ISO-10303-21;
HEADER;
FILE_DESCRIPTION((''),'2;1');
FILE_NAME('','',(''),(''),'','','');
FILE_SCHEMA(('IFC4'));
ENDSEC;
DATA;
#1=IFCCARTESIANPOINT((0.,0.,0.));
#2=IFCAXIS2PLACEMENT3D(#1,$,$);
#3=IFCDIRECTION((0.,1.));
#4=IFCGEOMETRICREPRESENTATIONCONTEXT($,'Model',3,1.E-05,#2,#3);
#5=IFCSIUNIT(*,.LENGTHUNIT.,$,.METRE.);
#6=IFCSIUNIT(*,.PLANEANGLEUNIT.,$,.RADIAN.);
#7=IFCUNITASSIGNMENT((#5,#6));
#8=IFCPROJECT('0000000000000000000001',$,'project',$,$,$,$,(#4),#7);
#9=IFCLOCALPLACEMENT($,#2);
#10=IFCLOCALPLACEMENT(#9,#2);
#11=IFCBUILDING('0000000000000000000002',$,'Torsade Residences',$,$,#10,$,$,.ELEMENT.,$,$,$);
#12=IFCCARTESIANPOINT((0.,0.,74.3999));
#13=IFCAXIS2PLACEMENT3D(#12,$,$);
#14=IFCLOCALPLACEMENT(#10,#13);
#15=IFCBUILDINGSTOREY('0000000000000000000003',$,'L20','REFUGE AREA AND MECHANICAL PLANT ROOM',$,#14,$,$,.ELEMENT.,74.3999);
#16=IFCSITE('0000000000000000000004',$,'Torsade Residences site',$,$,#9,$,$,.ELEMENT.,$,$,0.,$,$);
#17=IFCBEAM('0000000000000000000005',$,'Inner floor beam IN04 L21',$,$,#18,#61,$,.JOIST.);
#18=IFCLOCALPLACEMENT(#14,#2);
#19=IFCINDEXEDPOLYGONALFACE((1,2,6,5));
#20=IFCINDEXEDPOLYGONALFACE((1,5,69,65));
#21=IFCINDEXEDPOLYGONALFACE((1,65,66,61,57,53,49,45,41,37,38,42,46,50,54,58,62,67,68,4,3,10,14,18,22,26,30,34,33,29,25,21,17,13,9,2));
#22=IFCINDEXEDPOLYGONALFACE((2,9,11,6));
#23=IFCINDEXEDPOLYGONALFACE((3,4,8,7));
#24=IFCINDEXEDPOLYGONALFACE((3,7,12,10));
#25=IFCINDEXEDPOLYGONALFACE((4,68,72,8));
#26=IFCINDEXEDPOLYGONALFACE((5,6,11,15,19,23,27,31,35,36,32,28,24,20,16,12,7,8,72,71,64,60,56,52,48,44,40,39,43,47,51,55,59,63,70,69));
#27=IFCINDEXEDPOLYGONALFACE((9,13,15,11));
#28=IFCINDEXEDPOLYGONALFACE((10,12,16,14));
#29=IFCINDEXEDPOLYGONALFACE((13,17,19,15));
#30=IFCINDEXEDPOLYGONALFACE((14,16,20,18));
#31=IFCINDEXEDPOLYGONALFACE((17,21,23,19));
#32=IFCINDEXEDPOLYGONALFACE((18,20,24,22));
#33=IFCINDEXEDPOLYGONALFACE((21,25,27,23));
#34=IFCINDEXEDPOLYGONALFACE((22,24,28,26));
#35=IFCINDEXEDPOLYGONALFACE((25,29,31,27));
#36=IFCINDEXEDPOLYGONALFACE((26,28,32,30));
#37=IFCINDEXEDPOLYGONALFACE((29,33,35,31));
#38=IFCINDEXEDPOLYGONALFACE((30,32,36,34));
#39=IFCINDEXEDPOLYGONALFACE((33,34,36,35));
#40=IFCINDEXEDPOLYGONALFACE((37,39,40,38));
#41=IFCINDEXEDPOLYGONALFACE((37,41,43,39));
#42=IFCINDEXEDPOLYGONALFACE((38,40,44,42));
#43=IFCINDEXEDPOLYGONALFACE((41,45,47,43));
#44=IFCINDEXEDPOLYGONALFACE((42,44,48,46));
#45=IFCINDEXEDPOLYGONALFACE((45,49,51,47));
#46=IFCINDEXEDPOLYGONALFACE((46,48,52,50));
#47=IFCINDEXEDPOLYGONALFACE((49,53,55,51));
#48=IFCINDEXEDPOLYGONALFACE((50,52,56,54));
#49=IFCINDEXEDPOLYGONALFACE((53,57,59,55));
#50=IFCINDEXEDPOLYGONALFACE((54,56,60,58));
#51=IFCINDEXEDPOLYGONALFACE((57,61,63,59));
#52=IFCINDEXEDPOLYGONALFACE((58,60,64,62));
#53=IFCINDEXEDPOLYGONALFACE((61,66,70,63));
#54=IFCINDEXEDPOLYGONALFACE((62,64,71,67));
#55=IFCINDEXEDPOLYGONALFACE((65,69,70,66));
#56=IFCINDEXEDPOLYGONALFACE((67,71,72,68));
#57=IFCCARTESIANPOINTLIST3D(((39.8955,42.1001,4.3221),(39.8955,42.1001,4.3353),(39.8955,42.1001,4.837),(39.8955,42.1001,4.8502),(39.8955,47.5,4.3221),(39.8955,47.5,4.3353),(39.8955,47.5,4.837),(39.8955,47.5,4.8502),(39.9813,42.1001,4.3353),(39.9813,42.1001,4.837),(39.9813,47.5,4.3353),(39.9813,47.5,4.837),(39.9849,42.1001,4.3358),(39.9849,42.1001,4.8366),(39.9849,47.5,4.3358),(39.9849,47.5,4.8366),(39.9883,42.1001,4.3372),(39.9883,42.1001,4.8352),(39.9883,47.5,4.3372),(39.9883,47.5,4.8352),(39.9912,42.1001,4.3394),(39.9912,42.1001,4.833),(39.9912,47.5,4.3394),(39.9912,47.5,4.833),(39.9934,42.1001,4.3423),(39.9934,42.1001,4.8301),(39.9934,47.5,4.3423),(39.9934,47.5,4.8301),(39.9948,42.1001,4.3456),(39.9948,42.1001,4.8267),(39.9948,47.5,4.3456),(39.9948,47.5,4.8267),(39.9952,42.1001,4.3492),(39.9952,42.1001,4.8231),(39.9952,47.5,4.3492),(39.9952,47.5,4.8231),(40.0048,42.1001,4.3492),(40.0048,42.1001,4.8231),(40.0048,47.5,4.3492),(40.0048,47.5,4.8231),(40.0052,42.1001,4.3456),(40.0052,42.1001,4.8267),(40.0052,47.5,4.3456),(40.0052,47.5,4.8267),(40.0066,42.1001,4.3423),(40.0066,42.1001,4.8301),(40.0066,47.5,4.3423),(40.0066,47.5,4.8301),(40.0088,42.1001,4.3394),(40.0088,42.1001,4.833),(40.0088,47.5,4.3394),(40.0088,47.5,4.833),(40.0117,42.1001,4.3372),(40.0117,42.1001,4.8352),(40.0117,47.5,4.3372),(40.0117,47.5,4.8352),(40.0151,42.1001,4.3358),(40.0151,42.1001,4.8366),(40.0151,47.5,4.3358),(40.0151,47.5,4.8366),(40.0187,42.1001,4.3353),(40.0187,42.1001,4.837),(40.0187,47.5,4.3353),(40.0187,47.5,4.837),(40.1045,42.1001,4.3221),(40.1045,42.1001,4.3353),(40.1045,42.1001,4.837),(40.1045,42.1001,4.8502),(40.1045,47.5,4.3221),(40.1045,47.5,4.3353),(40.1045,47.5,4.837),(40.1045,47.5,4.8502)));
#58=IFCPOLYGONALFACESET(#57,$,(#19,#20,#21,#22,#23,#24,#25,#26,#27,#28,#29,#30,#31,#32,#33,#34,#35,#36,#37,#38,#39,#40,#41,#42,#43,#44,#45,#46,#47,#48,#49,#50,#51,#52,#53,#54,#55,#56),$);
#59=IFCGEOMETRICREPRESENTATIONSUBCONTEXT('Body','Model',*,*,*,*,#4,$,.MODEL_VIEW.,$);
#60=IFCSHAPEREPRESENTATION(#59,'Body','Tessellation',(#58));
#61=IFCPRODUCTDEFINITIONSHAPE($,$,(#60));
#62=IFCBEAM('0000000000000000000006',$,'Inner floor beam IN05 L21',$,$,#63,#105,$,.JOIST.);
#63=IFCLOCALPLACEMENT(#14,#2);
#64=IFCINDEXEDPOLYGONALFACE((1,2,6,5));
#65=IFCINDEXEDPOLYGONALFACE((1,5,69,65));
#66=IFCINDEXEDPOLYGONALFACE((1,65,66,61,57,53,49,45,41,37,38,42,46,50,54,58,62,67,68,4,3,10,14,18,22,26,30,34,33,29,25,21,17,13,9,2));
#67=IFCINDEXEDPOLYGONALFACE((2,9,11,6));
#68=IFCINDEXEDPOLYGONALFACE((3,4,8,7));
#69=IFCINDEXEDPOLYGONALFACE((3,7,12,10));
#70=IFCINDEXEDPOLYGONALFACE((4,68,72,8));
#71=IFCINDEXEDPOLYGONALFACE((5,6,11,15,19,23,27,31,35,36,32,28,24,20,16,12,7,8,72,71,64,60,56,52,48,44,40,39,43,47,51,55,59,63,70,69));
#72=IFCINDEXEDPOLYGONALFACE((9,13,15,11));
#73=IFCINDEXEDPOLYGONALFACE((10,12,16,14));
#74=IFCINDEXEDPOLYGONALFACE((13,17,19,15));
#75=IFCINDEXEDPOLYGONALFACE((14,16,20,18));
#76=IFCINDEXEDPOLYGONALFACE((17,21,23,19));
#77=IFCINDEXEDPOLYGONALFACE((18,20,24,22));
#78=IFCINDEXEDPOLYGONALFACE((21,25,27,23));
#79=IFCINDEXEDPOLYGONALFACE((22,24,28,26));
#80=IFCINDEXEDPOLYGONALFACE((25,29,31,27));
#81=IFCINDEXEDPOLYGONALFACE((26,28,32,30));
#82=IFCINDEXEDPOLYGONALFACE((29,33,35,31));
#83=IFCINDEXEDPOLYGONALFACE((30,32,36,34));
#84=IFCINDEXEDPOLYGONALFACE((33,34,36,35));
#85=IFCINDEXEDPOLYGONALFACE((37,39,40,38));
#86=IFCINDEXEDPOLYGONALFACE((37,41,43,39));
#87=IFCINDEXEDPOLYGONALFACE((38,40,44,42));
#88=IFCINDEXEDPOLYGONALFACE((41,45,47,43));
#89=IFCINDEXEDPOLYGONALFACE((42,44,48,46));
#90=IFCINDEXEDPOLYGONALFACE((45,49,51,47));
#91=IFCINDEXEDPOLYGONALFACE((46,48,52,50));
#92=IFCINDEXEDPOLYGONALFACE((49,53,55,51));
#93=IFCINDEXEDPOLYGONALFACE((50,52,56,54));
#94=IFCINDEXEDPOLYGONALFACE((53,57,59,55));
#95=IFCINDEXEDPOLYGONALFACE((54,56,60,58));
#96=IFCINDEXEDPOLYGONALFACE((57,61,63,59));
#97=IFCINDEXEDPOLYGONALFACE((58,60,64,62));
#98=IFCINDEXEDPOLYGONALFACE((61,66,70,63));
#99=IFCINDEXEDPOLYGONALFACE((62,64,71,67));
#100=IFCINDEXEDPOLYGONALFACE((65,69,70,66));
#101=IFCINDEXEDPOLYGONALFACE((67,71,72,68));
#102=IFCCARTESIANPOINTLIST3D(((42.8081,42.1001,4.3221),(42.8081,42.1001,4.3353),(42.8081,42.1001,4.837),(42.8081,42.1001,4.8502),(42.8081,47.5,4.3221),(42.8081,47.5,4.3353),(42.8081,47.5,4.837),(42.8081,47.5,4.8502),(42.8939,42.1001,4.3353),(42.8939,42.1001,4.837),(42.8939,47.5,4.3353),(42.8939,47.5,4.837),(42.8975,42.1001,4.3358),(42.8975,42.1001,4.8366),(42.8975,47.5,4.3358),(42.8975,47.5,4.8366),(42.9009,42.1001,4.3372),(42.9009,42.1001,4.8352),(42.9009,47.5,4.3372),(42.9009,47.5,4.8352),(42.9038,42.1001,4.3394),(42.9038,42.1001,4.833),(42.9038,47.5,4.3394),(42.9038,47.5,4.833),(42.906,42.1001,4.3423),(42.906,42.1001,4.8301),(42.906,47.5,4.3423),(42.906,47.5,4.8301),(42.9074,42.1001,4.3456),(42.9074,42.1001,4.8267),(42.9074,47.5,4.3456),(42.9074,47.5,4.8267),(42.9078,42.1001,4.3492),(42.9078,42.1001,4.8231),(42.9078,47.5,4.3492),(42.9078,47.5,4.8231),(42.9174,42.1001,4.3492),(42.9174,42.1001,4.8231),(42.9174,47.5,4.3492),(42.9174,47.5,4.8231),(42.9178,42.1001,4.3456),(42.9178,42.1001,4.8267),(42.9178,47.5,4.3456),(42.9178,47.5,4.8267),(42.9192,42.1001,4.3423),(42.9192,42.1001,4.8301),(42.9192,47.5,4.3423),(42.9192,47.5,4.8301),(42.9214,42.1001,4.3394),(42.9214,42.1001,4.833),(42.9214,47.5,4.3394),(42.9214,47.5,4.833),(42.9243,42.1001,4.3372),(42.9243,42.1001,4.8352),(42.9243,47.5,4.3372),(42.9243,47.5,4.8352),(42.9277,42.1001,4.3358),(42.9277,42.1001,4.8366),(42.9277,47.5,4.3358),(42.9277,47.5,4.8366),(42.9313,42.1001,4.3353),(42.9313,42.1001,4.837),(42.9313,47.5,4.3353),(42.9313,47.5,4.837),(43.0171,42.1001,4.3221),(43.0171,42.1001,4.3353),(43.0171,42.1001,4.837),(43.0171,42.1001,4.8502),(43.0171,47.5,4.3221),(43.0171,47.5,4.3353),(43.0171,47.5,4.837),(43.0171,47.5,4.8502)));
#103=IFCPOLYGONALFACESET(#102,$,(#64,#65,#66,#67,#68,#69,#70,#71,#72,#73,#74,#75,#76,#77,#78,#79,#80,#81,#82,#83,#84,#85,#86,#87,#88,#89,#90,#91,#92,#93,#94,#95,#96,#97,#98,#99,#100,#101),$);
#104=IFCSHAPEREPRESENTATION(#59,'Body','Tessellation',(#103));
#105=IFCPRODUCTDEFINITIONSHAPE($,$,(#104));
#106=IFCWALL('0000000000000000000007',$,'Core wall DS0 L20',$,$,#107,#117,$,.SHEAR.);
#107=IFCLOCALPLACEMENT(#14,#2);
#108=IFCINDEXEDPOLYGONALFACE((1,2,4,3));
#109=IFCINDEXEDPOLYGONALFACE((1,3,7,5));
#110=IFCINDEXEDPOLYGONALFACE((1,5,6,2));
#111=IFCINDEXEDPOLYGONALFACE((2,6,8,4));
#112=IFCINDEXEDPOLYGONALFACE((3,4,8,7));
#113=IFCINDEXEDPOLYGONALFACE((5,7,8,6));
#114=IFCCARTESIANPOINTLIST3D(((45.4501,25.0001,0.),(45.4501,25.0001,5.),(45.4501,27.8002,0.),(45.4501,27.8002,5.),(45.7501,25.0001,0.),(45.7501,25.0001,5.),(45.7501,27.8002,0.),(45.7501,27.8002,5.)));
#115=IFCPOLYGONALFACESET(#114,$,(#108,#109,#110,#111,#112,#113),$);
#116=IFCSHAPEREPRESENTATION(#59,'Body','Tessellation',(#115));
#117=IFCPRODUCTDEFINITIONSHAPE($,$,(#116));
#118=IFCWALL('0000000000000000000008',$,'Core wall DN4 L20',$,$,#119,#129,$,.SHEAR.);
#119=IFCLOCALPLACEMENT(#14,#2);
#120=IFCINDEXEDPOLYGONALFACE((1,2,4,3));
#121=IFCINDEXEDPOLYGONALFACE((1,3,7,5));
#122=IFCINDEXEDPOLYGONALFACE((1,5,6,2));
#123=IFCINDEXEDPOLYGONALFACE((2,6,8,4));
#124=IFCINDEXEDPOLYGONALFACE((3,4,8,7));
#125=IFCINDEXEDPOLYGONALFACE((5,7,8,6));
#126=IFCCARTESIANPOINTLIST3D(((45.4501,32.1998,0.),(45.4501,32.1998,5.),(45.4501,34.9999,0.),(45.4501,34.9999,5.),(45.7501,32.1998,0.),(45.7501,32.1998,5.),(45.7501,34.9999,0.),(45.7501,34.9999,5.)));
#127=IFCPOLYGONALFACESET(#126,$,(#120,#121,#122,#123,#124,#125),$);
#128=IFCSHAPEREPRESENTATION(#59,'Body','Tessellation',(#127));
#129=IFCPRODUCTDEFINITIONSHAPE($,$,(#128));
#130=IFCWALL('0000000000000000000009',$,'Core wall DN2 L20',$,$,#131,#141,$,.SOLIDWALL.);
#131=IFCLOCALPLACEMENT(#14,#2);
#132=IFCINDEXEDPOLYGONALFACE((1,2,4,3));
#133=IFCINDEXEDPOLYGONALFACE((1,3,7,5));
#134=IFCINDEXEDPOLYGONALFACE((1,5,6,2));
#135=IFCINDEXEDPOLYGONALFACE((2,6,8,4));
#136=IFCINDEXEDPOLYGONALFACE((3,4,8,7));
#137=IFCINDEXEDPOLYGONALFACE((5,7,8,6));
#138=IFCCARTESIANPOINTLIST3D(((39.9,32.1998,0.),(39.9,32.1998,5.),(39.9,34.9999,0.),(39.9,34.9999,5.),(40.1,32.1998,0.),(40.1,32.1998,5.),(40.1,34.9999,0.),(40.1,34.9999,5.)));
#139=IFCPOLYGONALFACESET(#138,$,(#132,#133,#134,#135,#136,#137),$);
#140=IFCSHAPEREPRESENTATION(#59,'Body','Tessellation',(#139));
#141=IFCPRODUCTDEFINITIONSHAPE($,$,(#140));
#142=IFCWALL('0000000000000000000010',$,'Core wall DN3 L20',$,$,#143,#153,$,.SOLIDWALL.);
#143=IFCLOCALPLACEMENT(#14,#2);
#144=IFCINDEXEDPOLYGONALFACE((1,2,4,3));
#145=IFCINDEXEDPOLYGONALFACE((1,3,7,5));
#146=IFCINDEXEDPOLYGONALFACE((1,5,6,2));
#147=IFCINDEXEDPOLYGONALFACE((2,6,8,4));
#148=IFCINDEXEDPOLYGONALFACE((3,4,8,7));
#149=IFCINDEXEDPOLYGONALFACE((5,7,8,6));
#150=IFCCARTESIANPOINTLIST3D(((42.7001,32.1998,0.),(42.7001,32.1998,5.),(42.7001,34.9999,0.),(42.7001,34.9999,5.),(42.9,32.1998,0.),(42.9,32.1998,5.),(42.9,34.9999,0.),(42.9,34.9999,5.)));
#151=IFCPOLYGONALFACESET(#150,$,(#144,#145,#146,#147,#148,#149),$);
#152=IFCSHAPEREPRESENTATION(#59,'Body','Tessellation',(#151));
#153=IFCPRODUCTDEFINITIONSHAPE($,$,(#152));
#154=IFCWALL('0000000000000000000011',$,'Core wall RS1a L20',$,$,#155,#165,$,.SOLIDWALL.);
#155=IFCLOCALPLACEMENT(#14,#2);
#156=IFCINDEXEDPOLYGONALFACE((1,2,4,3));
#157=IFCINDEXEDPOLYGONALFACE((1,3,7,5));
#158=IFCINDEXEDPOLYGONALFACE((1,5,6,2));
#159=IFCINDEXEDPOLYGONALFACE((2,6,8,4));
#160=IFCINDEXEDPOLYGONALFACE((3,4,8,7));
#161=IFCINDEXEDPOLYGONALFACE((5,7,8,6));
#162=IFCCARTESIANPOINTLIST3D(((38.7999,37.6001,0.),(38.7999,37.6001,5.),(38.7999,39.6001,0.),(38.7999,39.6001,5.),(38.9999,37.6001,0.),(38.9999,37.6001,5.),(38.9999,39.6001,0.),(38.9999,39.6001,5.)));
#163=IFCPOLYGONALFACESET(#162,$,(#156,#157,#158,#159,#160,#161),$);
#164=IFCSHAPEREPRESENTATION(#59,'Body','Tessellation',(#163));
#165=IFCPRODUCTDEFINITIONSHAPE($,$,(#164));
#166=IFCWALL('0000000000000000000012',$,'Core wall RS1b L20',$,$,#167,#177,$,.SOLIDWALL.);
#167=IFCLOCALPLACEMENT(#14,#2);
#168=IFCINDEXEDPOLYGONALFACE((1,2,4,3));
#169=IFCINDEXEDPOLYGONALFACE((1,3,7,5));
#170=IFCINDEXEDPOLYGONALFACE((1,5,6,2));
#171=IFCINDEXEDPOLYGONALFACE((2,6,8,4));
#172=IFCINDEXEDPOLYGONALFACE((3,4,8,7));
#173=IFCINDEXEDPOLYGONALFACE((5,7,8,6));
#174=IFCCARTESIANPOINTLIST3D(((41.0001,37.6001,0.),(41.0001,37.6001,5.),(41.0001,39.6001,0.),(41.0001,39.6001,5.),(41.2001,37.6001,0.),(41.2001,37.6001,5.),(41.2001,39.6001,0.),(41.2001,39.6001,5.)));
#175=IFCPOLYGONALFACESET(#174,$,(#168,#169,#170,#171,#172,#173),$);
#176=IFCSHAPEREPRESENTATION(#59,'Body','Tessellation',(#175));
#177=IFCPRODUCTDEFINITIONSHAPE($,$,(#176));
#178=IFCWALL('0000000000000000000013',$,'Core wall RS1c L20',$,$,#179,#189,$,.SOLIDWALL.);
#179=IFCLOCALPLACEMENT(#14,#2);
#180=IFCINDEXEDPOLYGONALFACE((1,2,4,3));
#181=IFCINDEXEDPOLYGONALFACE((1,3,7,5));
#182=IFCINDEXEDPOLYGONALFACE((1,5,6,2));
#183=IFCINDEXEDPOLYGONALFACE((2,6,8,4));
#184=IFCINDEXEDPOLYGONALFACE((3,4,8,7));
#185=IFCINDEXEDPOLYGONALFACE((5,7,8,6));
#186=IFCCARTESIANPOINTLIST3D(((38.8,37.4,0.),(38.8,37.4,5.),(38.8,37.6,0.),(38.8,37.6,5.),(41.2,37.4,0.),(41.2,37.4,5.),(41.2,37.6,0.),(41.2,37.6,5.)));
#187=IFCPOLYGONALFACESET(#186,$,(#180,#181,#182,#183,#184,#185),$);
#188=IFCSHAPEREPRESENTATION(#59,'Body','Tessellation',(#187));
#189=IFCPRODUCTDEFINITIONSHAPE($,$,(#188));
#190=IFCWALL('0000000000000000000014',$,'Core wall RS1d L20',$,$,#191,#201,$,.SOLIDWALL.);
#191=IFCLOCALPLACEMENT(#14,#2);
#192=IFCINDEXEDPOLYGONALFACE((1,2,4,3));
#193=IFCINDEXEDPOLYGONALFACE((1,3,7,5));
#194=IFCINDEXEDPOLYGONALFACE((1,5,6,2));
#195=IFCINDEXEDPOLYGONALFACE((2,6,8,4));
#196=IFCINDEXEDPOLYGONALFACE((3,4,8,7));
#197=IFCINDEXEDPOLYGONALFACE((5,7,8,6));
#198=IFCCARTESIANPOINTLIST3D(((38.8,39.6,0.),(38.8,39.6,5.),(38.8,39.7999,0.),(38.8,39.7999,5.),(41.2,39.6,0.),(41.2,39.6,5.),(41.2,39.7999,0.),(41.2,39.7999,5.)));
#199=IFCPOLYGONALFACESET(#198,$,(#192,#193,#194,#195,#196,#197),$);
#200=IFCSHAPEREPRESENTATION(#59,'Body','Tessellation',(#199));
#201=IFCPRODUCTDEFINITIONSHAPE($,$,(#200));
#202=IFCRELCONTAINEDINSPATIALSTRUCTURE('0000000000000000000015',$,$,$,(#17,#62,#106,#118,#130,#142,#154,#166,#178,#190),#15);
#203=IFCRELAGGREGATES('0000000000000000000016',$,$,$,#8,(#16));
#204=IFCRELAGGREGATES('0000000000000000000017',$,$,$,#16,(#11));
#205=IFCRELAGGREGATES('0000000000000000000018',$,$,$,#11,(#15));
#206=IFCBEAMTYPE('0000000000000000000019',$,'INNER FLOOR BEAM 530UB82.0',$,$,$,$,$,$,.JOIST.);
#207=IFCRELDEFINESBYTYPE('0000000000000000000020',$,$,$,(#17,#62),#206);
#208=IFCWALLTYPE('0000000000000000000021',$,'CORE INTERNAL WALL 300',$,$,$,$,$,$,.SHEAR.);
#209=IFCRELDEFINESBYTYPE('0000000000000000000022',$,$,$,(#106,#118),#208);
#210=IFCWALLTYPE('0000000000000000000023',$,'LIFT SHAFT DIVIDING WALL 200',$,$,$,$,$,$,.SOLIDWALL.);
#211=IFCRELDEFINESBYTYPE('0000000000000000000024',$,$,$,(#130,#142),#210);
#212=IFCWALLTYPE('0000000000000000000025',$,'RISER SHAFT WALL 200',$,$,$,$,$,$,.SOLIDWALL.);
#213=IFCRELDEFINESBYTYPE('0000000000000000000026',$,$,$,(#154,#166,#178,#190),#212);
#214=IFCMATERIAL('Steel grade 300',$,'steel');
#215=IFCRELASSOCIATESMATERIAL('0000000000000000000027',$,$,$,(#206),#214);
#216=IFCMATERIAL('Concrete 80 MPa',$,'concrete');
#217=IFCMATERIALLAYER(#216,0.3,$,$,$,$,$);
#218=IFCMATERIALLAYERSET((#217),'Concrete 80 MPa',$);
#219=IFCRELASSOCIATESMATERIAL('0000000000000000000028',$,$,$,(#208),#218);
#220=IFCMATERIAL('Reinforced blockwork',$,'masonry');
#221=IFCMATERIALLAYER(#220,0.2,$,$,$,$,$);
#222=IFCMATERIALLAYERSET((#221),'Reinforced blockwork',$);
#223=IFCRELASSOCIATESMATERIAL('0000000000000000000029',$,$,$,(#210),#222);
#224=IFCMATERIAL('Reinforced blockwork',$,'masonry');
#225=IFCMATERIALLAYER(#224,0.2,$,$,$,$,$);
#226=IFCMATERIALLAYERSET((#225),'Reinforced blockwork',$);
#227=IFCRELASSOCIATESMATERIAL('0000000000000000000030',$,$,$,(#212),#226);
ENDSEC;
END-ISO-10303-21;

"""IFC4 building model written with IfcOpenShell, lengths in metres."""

from ifc_helpers import new_model, si_unit, direction, frame, frame_2d, origin, origin_2d, place, context, subcontext, project, spatial, rectangle, i_section, extrude, material, layer, layer_set, material_profile, profile_set, type_object, element, save


model = new_model("IFC4")

# Units and contexts
model_context = context("Model", 3, precision=1e-05, world=origin(), true_north=direction((0.0, 1.0)))
body_context = subcontext(model_context, "Body", "Model", "MODEL_VIEW")
ifc_project = project(units=[si_unit("LENGTHUNIT", "METRE"), si_unit("PLANEANGLEUNIT", "RADIAN")], contexts=[model_context])

# Site, building, storey
site_placement = place(None, origin())
site = spatial("IfcSite", under=ifc_project, at=site_placement, Name="Torsade Residences site", CompositionType="ELEMENT", RefElevation=0.0)
building_placement = place(site_placement, origin())
building = spatial("IfcBuilding", under=site, at=building_placement, Name="Torsade Residences", CompositionType="ELEMENT")
storey_placement = place(building_placement, frame((0.0, 0.0, 74.3999)))
storey = spatial("IfcBuildingStorey", under=building, at=storey_placement, Name="L20", Description="REFUGE AREA AND MECHANICAL PLANT ROOM", CompositionType="ELEMENT", Elevation=74.3999)

# Beams
ifc_material_1 = material(Name="Steel grade 300", Category="steel")
ifc_material_profile = material_profile(ifc_material_1, i_section(OverallWidth=0.209, OverallDepth=0.5281, WebThickness=0.0095, FlangeThickness=0.0132, FilletRadius=0.0139, at=origin_2d()), Name="530UB82.0")
ifc_profile_set = profile_set([ifc_material_profile], Name="Steel grade 300")
beam_type = type_object("IfcBeamType", Name="INNER FLOOR BEAM 530UB82.0", PredefinedType="JOIST", material=ifc_profile_set)
for number, where, z_axis, x_axis, name in (
    (1, (40.0, 42.1001, 4.5862), (0.0, 1.0, 0.0), (-1.0, 0.0, 0.0), "Inner floor beam IN04 L21"),
    (2, (42.9126, 42.1001, 4.5862), (0.0, 1.0, 0.0), (-1.0, 0.0, 0.0), "Inner floor beam IN05 L21"),
):
    element("IfcBeam", number, at=place(storey_placement, frame(where, z_axis=z_axis, x_axis=x_axis)), inside=storey, type_object=beam_type, Name=name, PredefinedType="JOIST", context=body_context, shape_type="SweptSolid", body=[
        extrude(i_section(OverallWidth=0.209, OverallDepth=0.5281, WebThickness=0.0095, FlangeThickness=0.0132, FilletRadius=0.0139, at=origin_2d()), origin(), (0.0, 0.0, 1.0), 5.3999),
    ])

# Walls
ifc_material_2 = material(Name="Concrete 80 MPa", Category="concrete")
ifc_layer_1 = layer(ifc_material_2, 0.3)
ifc_layer_set_1 = layer_set([ifc_layer_1], Name="Concrete 80 MPa")
wall_type_1 = type_object("IfcWallType", Name="CORE INTERNAL WALL 300", PredefinedType="SHEAR", material=ifc_layer_set_1)
for number, where, z_axis, x_axis, name in (
    (3, (45.6001, 27.8, 0.0), (0.0, 0.0, 1.0), (0.0, -1.0, 0.0), "Core wall DS0 L20"),
    (4, (45.6001, 32.2, 0.0), (0.0, 0.0, 1.0), (0.0, 1.0, 0.0), "Core wall DN4 L20"),
):
    element("IfcWall", number, at=place(storey_placement, frame(where, z_axis=z_axis, x_axis=x_axis)), inside=storey, type_object=wall_type_1, Name=name, PredefinedType="SHEAR", context=body_context, shape_type="SweptSolid", body=[
        extrude(rectangle(XDim=2.8, YDim=0.3, at=frame_2d((1.3999, 0.0))), origin(), (0.0, 0.0, 1.0), 5.0),
    ])
ifc_material_3 = material(Name="Reinforced blockwork", Category="masonry")
ifc_layer_2 = layer(ifc_material_3, 0.2)
ifc_layer_set_2 = layer_set([ifc_layer_2], Name="Reinforced blockwork")
wall_type_2 = type_object("IfcWallType", Name="LIFT SHAFT DIVIDING WALL 200", PredefinedType="SOLIDWALL", material=ifc_layer_set_2)
for number, where, z_axis, x_axis, name in (
    (5, (40.0, 32.2, 0.0), (0.0, 0.0, 1.0), (0.0, 1.0, 0.0), "Core wall DN2 L20"),
    (6, (42.8, 32.2, 0.0), (0.0, 0.0, 1.0), (0.0, 1.0, 0.0), "Core wall DN3 L20"),
):
    element("IfcWall", number, at=place(storey_placement, frame(where, z_axis=z_axis, x_axis=x_axis)), inside=storey, type_object=wall_type_2, Name=name, PredefinedType="SOLIDWALL", context=body_context, shape_type="SweptSolid", body=[
        extrude(rectangle(XDim=2.8, YDim=0.2, at=frame_2d((1.3999, 0.0))), origin(), (0.0, 0.0, 1.0), 5.0),
    ])
ifc_material_4 = material(Name="Reinforced blockwork", Category="masonry")
ifc_layer_3 = layer(ifc_material_4, 0.2)
ifc_layer_set_3 = layer_set([ifc_layer_3], Name="Reinforced blockwork")
wall_type_3 = type_object("IfcWallType", Name="RISER SHAFT WALL 200", PredefinedType="SOLIDWALL", material=ifc_layer_set_3)
for number, where, z_axis, x_axis, name in (
    (7, (38.8999, 37.6001, 0.0), (0.0, 0.0, 1.0), (0.0, 1.0, 0.0), "Core wall RS1a L20"),
    (8, (41.1001, 37.6001, 0.0), (0.0, 0.0, 1.0), (0.0, 1.0, 0.0), "Core wall RS1b L20"),
):
    element("IfcWall", number, at=place(storey_placement, frame(where, z_axis=z_axis, x_axis=x_axis)), inside=storey, type_object=wall_type_3, Name=name, PredefinedType="SOLIDWALL", context=body_context, shape_type="SweptSolid", body=[
        extrude(rectangle(XDim=2.0, YDim=0.2, at=frame_2d((1.0, 0.0))), origin(), (0.0, 0.0, 1.0), 5.0),
    ])
for number, where, z_axis, x_axis, name in (
    (9, (38.8, 37.5, 0.0), (0.0, 0.0, 1.0), (1.0, 0.0, 0.0), "Core wall RS1c L20"),
    (10, (38.8, 39.7, 0.0), (0.0, 0.0, 1.0), (1.0, 0.0, 0.0), "Core wall RS1d L20"),
):
    element("IfcWall", number, at=place(storey_placement, frame(where, z_axis=z_axis, x_axis=x_axis)), inside=storey, type_object=wall_type_3, Name=name, PredefinedType="SOLIDWALL", context=body_context, shape_type="SweptSolid", body=[
        extrude(rectangle(XDim=2.3999, YDim=0.2, at=frame_2d((1.2, 0.0))), origin(), (0.0, 0.0, 1.0), 5.0),
    ])

save(model, "model.ifc")
